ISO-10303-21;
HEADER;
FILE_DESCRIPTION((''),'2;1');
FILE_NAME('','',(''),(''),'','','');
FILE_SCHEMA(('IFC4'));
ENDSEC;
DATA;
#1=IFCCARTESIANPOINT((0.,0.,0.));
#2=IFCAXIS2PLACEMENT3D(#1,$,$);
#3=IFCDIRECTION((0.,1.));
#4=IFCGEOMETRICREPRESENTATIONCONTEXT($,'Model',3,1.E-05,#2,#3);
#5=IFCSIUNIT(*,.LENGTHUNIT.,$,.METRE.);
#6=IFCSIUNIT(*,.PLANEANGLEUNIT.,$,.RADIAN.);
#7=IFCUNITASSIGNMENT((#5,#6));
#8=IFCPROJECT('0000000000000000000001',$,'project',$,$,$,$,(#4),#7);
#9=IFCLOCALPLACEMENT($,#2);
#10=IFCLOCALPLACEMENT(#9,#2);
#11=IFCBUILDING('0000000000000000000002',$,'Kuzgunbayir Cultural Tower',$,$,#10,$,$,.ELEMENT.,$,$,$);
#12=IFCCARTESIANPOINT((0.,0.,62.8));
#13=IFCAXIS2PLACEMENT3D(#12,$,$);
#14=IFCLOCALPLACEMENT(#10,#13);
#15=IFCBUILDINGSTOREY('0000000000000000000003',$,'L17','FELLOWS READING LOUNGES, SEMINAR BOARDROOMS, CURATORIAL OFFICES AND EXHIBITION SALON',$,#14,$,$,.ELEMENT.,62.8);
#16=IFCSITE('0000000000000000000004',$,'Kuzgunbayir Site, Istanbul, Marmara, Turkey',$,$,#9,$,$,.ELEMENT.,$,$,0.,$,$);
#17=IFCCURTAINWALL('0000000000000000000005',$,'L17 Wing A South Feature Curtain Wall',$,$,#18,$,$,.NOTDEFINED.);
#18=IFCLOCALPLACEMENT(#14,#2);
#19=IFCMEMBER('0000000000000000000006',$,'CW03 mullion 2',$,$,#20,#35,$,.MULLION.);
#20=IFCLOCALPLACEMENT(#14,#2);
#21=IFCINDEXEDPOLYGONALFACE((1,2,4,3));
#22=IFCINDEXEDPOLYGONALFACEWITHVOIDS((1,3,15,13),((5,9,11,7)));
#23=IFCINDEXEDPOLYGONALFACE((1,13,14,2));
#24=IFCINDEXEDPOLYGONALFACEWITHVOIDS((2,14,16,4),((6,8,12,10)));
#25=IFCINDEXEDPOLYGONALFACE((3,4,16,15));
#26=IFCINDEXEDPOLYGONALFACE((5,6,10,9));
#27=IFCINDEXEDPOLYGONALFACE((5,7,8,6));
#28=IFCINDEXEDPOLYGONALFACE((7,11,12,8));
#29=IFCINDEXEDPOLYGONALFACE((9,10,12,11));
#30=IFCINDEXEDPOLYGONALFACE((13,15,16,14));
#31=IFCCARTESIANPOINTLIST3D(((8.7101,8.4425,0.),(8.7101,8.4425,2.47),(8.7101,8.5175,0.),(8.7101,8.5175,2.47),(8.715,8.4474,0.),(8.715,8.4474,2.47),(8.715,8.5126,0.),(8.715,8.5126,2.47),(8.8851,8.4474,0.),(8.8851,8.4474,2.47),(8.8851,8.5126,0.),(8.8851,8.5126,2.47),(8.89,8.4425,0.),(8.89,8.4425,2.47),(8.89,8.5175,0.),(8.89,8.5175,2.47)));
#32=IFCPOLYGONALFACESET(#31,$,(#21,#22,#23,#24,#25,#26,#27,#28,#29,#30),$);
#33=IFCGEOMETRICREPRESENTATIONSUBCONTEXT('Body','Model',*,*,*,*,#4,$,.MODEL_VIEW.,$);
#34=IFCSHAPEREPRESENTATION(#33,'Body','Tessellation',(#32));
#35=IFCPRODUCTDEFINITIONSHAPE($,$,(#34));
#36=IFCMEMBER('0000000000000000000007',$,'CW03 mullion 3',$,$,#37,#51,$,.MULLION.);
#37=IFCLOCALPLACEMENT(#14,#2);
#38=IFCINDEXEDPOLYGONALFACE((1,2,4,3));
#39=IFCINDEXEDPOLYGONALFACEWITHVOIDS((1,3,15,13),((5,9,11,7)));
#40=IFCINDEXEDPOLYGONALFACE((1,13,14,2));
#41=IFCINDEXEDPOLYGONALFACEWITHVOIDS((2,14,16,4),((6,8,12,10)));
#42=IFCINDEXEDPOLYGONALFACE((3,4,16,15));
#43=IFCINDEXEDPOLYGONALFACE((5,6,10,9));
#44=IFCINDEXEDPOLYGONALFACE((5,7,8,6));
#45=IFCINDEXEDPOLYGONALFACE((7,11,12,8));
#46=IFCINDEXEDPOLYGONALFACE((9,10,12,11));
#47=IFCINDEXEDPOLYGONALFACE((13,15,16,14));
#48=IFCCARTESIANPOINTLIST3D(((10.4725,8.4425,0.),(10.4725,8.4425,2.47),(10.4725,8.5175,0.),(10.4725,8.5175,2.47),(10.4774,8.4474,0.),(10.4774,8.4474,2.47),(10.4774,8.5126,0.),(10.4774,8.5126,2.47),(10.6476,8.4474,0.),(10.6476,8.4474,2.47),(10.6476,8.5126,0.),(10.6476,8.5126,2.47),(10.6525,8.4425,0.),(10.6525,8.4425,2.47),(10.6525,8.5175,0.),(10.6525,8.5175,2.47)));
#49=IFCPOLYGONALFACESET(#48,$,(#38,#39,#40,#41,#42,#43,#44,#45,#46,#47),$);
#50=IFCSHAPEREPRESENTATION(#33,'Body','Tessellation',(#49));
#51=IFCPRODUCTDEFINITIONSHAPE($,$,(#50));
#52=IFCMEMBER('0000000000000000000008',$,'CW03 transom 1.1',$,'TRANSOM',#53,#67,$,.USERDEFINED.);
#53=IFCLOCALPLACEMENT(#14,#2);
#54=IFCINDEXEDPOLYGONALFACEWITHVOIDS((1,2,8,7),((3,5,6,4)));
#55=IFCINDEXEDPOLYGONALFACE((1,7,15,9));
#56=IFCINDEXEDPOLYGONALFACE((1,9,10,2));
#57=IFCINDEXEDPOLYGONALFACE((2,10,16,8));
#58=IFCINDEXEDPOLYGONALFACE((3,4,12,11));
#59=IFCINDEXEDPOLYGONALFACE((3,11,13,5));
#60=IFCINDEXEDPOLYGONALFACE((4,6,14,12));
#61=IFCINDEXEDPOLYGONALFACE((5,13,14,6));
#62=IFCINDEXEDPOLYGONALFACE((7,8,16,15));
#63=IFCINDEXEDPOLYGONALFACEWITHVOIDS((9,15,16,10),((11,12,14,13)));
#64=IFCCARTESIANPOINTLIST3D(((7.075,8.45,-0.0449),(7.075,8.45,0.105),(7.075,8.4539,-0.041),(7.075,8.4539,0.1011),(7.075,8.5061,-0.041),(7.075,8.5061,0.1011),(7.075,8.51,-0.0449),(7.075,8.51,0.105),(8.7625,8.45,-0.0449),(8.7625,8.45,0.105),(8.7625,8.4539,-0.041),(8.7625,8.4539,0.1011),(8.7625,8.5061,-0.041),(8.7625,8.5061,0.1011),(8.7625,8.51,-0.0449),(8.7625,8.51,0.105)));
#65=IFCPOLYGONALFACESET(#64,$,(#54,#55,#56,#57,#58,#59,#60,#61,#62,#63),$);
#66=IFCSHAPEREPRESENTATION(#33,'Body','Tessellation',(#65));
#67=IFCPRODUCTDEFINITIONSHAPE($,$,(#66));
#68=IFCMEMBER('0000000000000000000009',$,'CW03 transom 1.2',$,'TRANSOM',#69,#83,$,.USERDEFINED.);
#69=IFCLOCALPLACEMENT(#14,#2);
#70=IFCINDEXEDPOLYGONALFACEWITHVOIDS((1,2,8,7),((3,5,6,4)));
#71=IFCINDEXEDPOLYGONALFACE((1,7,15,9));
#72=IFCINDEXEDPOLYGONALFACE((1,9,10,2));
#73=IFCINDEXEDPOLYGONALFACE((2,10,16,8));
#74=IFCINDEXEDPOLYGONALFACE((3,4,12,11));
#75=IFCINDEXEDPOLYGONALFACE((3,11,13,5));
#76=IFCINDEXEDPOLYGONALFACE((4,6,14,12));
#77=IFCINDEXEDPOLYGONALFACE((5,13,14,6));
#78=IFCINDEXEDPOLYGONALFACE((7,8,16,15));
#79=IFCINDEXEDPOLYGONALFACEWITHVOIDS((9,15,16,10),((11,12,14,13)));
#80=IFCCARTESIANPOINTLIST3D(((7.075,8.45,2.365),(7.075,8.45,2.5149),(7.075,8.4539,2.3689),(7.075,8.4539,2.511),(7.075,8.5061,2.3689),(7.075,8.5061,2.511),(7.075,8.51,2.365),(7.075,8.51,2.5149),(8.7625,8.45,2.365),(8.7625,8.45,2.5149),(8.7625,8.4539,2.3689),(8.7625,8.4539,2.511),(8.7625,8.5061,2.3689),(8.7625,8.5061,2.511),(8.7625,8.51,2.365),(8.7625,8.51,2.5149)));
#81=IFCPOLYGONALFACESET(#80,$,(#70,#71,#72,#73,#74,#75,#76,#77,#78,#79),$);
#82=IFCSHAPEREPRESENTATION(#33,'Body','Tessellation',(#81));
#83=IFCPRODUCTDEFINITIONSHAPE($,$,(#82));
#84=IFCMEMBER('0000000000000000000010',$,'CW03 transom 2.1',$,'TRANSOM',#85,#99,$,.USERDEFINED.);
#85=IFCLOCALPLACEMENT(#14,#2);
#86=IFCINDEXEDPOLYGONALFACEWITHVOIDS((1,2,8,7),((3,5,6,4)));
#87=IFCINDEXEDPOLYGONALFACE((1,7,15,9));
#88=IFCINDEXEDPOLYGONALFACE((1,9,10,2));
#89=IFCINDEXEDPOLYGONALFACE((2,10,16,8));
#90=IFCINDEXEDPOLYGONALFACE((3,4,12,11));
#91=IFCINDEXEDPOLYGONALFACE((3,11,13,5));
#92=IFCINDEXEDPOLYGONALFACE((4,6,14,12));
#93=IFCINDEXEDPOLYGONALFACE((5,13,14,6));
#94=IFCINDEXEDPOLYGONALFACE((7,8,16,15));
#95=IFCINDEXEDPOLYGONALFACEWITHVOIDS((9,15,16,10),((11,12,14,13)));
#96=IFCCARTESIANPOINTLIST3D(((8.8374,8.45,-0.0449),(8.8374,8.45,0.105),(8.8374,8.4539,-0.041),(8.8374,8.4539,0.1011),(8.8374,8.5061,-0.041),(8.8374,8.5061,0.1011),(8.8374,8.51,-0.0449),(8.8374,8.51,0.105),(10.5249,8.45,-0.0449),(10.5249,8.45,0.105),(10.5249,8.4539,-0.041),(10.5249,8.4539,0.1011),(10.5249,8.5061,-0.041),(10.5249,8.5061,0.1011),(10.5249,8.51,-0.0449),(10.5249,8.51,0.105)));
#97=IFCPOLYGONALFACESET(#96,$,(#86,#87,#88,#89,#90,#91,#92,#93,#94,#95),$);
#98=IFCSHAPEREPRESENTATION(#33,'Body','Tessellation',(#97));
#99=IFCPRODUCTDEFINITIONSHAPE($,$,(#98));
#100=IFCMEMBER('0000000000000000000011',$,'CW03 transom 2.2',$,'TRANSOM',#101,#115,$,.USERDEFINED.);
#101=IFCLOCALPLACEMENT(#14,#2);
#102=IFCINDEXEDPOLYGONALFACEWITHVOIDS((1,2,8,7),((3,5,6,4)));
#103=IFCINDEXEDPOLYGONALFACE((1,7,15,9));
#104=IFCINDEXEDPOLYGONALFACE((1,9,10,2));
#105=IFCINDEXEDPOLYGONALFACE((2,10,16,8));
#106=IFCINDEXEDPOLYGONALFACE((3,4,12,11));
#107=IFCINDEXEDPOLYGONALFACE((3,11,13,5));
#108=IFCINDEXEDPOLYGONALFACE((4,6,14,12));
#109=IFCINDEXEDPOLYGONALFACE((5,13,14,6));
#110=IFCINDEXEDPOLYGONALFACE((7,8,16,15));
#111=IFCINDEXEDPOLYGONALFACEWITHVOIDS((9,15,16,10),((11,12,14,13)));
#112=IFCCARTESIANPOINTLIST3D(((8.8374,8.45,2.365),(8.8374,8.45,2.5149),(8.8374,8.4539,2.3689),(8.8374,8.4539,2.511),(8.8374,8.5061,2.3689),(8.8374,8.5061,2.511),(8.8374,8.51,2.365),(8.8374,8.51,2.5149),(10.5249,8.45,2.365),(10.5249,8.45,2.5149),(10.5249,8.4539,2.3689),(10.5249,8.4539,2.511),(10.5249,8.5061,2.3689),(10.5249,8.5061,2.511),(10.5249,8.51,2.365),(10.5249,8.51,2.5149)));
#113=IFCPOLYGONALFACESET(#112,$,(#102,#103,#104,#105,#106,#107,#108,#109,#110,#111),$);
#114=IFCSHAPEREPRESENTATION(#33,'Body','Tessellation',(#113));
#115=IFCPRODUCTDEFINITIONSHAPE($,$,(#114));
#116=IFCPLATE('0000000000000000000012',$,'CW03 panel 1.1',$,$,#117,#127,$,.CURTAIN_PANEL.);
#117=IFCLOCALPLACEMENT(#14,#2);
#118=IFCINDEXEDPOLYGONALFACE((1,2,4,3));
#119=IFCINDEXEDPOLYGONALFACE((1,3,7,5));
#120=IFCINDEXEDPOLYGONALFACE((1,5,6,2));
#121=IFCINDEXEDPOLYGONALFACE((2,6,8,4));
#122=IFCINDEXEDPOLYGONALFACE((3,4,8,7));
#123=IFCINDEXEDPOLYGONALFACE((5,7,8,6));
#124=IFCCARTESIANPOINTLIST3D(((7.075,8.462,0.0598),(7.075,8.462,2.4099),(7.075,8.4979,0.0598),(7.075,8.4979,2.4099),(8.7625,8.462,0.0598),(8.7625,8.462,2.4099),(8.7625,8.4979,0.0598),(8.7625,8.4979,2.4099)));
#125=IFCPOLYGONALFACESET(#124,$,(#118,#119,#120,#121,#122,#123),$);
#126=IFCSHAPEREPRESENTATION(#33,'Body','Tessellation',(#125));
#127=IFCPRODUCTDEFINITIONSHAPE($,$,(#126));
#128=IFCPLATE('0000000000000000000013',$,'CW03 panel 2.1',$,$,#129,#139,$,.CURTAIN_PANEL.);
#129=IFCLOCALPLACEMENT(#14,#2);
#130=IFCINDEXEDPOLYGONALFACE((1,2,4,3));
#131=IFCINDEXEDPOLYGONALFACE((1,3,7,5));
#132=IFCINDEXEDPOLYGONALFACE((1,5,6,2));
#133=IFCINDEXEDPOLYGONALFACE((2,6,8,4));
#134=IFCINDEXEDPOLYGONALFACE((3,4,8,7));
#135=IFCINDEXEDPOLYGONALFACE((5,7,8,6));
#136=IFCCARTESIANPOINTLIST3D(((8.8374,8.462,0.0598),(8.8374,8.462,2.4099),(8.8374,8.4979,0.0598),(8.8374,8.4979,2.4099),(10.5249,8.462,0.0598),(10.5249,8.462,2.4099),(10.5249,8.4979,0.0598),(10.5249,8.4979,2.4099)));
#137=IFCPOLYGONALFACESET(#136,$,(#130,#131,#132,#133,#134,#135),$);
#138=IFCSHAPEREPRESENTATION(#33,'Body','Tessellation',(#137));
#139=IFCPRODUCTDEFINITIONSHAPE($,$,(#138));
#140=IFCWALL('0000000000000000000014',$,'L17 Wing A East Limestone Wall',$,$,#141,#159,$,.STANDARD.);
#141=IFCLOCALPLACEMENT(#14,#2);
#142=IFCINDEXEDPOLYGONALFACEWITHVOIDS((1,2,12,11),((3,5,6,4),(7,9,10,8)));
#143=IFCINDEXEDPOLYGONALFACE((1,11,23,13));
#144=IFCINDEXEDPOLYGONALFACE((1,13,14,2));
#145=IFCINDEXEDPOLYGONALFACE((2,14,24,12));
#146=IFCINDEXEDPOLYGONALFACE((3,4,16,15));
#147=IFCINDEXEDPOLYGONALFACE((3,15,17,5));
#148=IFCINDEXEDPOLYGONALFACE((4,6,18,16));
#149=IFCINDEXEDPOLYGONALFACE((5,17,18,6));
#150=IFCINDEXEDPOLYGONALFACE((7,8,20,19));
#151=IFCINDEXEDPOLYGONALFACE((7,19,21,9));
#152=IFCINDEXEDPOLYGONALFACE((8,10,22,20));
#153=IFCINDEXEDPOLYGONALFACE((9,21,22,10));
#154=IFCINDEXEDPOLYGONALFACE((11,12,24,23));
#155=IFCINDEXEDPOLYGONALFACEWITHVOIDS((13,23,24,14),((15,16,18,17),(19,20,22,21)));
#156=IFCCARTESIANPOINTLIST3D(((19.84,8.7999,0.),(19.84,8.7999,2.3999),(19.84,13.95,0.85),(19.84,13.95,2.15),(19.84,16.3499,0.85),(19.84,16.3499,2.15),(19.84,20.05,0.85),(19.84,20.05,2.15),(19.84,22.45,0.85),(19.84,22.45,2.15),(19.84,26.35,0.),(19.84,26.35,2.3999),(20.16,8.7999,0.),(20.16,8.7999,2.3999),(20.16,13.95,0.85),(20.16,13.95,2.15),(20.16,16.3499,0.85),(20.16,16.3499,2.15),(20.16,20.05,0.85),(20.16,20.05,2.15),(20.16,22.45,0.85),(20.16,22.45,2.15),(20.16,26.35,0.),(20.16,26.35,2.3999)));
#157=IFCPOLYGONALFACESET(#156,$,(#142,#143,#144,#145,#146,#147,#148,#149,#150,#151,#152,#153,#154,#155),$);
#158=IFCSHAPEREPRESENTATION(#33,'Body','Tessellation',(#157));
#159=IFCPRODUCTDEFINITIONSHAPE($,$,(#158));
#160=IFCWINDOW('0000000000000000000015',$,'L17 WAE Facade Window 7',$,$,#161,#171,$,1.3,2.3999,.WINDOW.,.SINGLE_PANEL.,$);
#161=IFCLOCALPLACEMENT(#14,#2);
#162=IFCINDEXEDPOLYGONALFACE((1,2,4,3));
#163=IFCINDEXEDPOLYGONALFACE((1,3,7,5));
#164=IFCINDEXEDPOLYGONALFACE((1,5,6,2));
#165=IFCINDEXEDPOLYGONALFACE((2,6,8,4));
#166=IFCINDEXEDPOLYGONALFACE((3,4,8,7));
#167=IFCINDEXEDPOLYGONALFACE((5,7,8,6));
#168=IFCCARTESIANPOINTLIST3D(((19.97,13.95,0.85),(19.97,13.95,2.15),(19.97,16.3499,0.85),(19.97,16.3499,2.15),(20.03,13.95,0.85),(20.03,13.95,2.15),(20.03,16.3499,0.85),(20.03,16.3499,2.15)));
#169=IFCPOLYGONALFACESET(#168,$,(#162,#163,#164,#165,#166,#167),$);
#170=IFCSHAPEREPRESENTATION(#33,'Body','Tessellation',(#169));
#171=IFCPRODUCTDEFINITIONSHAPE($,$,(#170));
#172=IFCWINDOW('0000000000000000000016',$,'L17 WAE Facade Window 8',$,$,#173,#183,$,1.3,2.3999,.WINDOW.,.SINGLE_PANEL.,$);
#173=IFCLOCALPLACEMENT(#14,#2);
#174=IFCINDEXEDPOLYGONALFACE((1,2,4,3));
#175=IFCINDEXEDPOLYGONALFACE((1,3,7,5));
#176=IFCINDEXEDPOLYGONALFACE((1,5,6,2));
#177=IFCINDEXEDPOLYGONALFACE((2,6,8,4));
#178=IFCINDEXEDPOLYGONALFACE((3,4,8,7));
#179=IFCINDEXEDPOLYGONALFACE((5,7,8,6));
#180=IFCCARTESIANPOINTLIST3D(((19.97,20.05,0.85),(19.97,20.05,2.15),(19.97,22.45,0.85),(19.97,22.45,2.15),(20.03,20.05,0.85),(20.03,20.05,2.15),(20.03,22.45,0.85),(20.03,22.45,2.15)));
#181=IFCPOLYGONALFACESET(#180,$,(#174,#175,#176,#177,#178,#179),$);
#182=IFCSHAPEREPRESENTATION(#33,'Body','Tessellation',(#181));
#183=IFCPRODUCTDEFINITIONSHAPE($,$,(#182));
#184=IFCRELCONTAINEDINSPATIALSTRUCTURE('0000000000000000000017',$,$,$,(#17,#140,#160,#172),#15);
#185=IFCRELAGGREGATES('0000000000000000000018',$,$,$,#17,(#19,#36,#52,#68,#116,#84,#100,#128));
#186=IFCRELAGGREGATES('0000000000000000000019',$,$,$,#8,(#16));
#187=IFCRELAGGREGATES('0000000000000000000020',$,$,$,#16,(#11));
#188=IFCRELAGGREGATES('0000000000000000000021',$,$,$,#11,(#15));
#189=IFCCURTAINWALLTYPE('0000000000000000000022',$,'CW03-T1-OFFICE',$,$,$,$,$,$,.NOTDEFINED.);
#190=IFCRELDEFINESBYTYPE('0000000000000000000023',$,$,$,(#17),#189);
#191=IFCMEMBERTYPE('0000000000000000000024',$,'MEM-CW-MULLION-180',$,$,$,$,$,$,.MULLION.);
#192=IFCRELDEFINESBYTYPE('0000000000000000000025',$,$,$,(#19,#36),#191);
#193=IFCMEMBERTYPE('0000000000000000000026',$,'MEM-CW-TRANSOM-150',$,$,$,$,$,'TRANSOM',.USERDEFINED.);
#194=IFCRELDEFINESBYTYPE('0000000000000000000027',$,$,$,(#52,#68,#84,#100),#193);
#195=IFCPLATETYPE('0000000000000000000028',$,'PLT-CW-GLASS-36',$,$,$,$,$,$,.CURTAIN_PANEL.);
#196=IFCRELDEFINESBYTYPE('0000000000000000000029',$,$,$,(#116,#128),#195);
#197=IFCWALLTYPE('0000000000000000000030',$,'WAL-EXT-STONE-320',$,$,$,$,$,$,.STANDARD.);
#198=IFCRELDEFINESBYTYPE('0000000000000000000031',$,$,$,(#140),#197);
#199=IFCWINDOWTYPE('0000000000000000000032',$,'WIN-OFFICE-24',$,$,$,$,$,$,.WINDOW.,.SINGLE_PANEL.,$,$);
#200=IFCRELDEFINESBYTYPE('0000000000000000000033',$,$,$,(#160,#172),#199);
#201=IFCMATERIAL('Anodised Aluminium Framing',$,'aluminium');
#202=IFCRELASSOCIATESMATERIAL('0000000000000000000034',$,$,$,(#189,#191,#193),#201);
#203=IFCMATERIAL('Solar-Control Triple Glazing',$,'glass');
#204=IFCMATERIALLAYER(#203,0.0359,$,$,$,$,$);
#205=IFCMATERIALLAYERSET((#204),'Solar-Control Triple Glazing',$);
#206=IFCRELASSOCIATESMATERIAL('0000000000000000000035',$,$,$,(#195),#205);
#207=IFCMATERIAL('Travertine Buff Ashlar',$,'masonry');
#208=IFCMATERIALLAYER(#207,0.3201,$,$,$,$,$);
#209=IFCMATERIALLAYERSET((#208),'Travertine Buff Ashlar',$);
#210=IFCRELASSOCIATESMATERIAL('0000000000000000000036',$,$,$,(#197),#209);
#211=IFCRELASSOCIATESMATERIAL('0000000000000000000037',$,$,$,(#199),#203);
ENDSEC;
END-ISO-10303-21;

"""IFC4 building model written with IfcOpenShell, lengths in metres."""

from ifc_helpers import new_model, si_unit, direction, frame, frame_2d, origin, origin_2d, place, context, subcontext, project, spatial, rectangle, hollow_rectangle, extrude, material, layer, layer_set, material_profile, profile_set, type_object, element, fill, aggregate, save


model = new_model("IFC4")

# Units and contexts
model_context = context("Model", 3, precision=1e-05, world=origin(), true_north=direction((0.0, 1.0)))
body_context = subcontext(model_context, "Body", "Model", "MODEL_VIEW")
ifc_project = project(units=[si_unit("LENGTHUNIT", "METRE"), si_unit("PLANEANGLEUNIT", "RADIAN")], contexts=[model_context])

# Site, building, storey
site_placement = place(None, origin())
site = spatial("IfcSite", under=ifc_project, at=site_placement, Name="Kuzgunbayir Site, Istanbul, Marmara, Turkey", CompositionType="ELEMENT", RefElevation=0.0)
building_placement = place(site_placement, origin())
building = spatial("IfcBuilding", under=site, at=building_placement, Name="Kuzgunbayir Cultural Tower", CompositionType="ELEMENT")
storey_placement = place(building_placement, frame((0.0, 0.0, 62.8)))
storey = spatial("IfcBuildingStorey", under=building, at=storey_placement, Name="L17", Description="FELLOWS READING LOUNGES, SEMINAR BOARDROOMS, CURATORIAL OFFICES AND EXHIBITION SALON", CompositionType="ELEMENT", Elevation=62.8)

# Curtain wall, members, plates
ifc_material_1 = material(Name="Anodised Aluminium Framing", Category="aluminium")
curtain_wall_type = type_object("IfcCurtainWallType", Name="CW03-T1-OFFICE", PredefinedType="NOTDEFINED", material=ifc_material_1)
curtain_wall_placement = place(storey_placement, origin())
curtain_wall = element("IfcCurtainWall", 1, at=curtain_wall_placement, inside=storey, type_object=curtain_wall_type, Name="L17 Wing A South Feature Curtain Wall", PredefinedType="NOTDEFINED")
ifc_material_profile_1 = material_profile(ifc_material_1, hollow_rectangle(XDim=0.075, YDim=0.1799, WallThickness=0.0049, at=origin_2d()), Name="RHS 180x75x5")
ifc_profile_set_1 = profile_set([ifc_material_profile_1], Name="Anodised Aluminium Framing")
member_type_1 = type_object("IfcMemberType", Name="MEM-CW-MULLION-180", PredefinedType="MULLION", material=ifc_profile_set_1)
member_1_placement = place(storey_placement, frame((8.8, 8.48, 0.0), z_axis=(0.0, 0.0, 1.0), x_axis=(0.0, 1.0, 0.0)))
member_1 = element("IfcMember", 2, at=member_1_placement, type_object=member_type_1, Name="CW03 mullion 2", PredefinedType="MULLION", context=body_context, shape_type="SweptSolid", body=[
    extrude(hollow_rectangle(XDim=0.075, YDim=0.1799, WallThickness=0.0049, at=origin_2d()), origin(), (0.0, 0.0, 1.0), 2.47),
])
member_2_placement = place(storey_placement, frame((10.5625, 8.48, 0.0), z_axis=(0.0, 0.0, 1.0), x_axis=(0.0, 1.0, 0.0)))
member_2 = element("IfcMember", 3, at=member_2_placement, type_object=member_type_1, Name="CW03 mullion 3", PredefinedType="MULLION", context=body_context, shape_type="SweptSolid", body=[
    extrude(hollow_rectangle(XDim=0.075, YDim=0.1799, WallThickness=0.0049, at=origin_2d()), origin(), (0.0, 0.0, 1.0), 2.47),
])
ifc_material_profile_2 = material_profile(ifc_material_1, hollow_rectangle(XDim=0.0601, YDim=0.1499, WallThickness=0.0039, at=origin_2d()), Name="RHS 150x60x4")
ifc_profile_set_2 = profile_set([ifc_material_profile_2], Name="Anodised Aluminium Framing")
member_type_2 = type_object("IfcMemberType", Name="MEM-CW-TRANSOM-150", ElementType="TRANSOM", PredefinedType="USERDEFINED", material=ifc_profile_set_2)
member_3_placement = place(storey_placement, frame((7.075, 8.48, 0.03), z_axis=(1.0, 0.0, 0.0), x_axis=(0.0, 1.0, 0.0)))
member_3 = element("IfcMember", 4, at=member_3_placement, type_object=member_type_2, Name="CW03 transom 1.1", ObjectType="TRANSOM", PredefinedType="USERDEFINED", context=body_context, shape_type="SweptSolid", body=[
    extrude(hollow_rectangle(XDim=0.0601, YDim=0.1499, WallThickness=0.0039, at=origin_2d()), origin(), (0.0, 0.0, 1.0), 1.6875),
])
member_4_placement = place(storey_placement, frame((7.075, 8.48, 2.4399), z_axis=(1.0, 0.0, 0.0), x_axis=(0.0, 1.0, 0.0)))
member_4 = element("IfcMember", 5, at=member_4_placement, type_object=member_type_2, Name="CW03 transom 1.2", ObjectType="TRANSOM", PredefinedType="USERDEFINED", context=body_context, shape_type="SweptSolid", body=[
    extrude(hollow_rectangle(XDim=0.0601, YDim=0.1499, WallThickness=0.0039, at=origin_2d()), origin(), (0.0, 0.0, 1.0), 1.6875),
])
member_5_placement = place(storey_placement, frame((8.8374, 8.48, 0.03), z_axis=(1.0, 0.0, 0.0), x_axis=(0.0, 1.0, 0.0)))
member_5 = element("IfcMember", 6, at=member_5_placement, type_object=member_type_2, Name="CW03 transom 2.1", ObjectType="TRANSOM", PredefinedType="USERDEFINED", context=body_context, shape_type="SweptSolid", body=[
    extrude(hollow_rectangle(XDim=0.0601, YDim=0.1499, WallThickness=0.0039, at=origin_2d()), origin(), (0.0, 0.0, 1.0), 1.6875),
])
member_6_placement = place(storey_placement, frame((8.8374, 8.48, 2.4399), z_axis=(1.0, 0.0, 0.0), x_axis=(0.0, 1.0, 0.0)))
member_6 = element("IfcMember", 7, at=member_6_placement, type_object=member_type_2, Name="CW03 transom 2.2", ObjectType="TRANSOM", PredefinedType="USERDEFINED", context=body_context, shape_type="SweptSolid", body=[
    extrude(hollow_rectangle(XDim=0.0601, YDim=0.1499, WallThickness=0.0039, at=origin_2d()), origin(), (0.0, 0.0, 1.0), 1.6875),
])
ifc_material_2 = material(Name="Solar-Control Triple Glazing", Category="glass")
ifc_layer_1 = layer(ifc_material_2, 0.0359)
ifc_layer_set_1 = layer_set([ifc_layer_1], Name="Solar-Control Triple Glazing")
plate_type = type_object("IfcPlateType", Name="PLT-CW-GLASS-36", PredefinedType="CURTAIN_PANEL", material=ifc_layer_set_1)
plate_1_placement = place(storey_placement, frame((7.9187, 8.48, 0.0598), z_axis=(0.0, 0.0, 1.0), x_axis=(1.0, 0.0, 0.0)))
plate_1 = element("IfcPlate", 8, at=plate_1_placement, type_object=plate_type, Name="CW03 panel 1.1", PredefinedType="CURTAIN_PANEL", context=body_context, shape_type="SweptSolid", body=[
    extrude(rectangle(XDim=1.6875, YDim=0.0359, at=origin_2d()), origin(), (0.0, 0.0, 1.0), 2.3501),
])
plate_2_placement = place(storey_placement, frame((9.6812, 8.48, 0.0598), z_axis=(0.0, 0.0, 1.0), x_axis=(1.0, 0.0, 0.0)))
plate_2 = element("IfcPlate", 9, at=plate_2_placement, type_object=plate_type, Name="CW03 panel 2.1", PredefinedType="CURTAIN_PANEL", context=body_context, shape_type="SweptSolid", body=[
    extrude(rectangle(XDim=1.6875, YDim=0.0359, at=origin_2d()), origin(), (0.0, 0.0, 1.0), 2.3501),
])
aggregate(curtain_wall, [member_1, member_2, member_3, member_4, plate_1, member_5, member_6, plate_2])

# Wall, openings, windows
ifc_material_3 = material(Name="Travertine Buff Ashlar", Category="masonry")
ifc_layer_2 = layer(ifc_material_3, 0.3201)
ifc_layer_set_2 = layer_set([ifc_layer_2], Name="Travertine Buff Ashlar")
wall_type_1 = type_object("IfcWallType", Name="WAL-EXT-STONE-320", PredefinedType="STANDARD", material=ifc_layer_set_2)
wall_1_placement = place(storey_placement, frame((20.0, 8.8, 0.0), z_axis=(0.0, 0.0, 1.0), x_axis=(0.0, 1.0, 0.0)))
wall_1 = element("IfcWall", 10, at=wall_1_placement, inside=storey, type_object=wall_type_1, Name="L17 Wing A East Limestone Wall", PredefinedType="STANDARD", context=body_context, shape_type="SweptSolid", body=[
    extrude(rectangle(XDim=17.55, YDim=0.3201, at=frame_2d((8.7749, 0.0))), origin(), (0.0, 0.0, 1.0), 2.3999),
])
opening_1_placement = place(wall_1_placement, frame((5.1499, 0.0, 0.8501)))
opening_1 = element("IfcOpeningElement", 11, at=opening_1_placement, cuts=wall_1, PredefinedType="OPENING", context=body_context, shape_type="SweptSolid", body=[
    extrude(rectangle(XDim=2.3999, YDim=1.3, at=frame_2d((1.2, 0.6499))), frame((0.0, 0.1699, 0.0), z_axis=(0.0, -1.0, 0.0), x_axis=(1.0, 0.0, 0.0)), (0.0, 0.0, 1.0), 0.3401),
])
opening_2_placement = place(wall_1_placement, frame((11.25, 0.0, 0.8501)))
opening_2 = element("IfcOpeningElement", 12, at=opening_2_placement, cuts=wall_1, PredefinedType="OPENING", context=body_context, shape_type="SweptSolid", body=[
    extrude(rectangle(XDim=2.3999, YDim=1.3, at=frame_2d((1.2, 0.6499))), frame((0.0, 0.1699, 0.0), z_axis=(0.0, -1.0, 0.0), x_axis=(1.0, 0.0, 0.0)), (0.0, 0.0, 1.0), 0.3401),
])
window_type = type_object("IfcWindowType", Name="WIN-OFFICE-24", PartitioningType="SINGLE_PANEL", PredefinedType="WINDOW", material=ifc_material_2)
window_1_placement = place(opening_1_placement, origin())
window_1 = element("IfcWindow", 13, at=window_1_placement, inside=storey, type_object=window_type, Name="L17 WAE Facade Window 7", OverallHeight=1.3, OverallWidth=2.3999, PartitioningType="SINGLE_PANEL", PredefinedType="WINDOW", context=body_context, shape_type="SweptSolid", body=[
    extrude(rectangle(XDim=2.3999, YDim=1.3, at=frame_2d((1.2, 0.6499))), frame((0.0, 0.03, 0.0), z_axis=(0.0, -1.0, 0.0), x_axis=(1.0, 0.0, 0.0)), (0.0, 0.0, 1.0), 0.0601),
])
fill(opening_1, window_1)
window_2_placement = place(opening_2_placement, origin())
window_2 = element("IfcWindow", 14, at=window_2_placement, inside=storey, type_object=window_type, Name="L17 WAE Facade Window 8", OverallHeight=1.3, OverallWidth=2.3999, PartitioningType="SINGLE_PANEL", PredefinedType="WINDOW", context=body_context, shape_type="SweptSolid", body=[
    extrude(rectangle(XDim=2.3999, YDim=1.3, at=frame_2d((1.2, 0.6499))), frame((0.0, 0.03, 0.0), z_axis=(0.0, -1.0, 0.0), x_axis=(1.0, 0.0, 0.0)), (0.0, 0.0, 1.0), 0.0601),
])
fill(opening_2, window_2)

save(model, "model.ifc")
